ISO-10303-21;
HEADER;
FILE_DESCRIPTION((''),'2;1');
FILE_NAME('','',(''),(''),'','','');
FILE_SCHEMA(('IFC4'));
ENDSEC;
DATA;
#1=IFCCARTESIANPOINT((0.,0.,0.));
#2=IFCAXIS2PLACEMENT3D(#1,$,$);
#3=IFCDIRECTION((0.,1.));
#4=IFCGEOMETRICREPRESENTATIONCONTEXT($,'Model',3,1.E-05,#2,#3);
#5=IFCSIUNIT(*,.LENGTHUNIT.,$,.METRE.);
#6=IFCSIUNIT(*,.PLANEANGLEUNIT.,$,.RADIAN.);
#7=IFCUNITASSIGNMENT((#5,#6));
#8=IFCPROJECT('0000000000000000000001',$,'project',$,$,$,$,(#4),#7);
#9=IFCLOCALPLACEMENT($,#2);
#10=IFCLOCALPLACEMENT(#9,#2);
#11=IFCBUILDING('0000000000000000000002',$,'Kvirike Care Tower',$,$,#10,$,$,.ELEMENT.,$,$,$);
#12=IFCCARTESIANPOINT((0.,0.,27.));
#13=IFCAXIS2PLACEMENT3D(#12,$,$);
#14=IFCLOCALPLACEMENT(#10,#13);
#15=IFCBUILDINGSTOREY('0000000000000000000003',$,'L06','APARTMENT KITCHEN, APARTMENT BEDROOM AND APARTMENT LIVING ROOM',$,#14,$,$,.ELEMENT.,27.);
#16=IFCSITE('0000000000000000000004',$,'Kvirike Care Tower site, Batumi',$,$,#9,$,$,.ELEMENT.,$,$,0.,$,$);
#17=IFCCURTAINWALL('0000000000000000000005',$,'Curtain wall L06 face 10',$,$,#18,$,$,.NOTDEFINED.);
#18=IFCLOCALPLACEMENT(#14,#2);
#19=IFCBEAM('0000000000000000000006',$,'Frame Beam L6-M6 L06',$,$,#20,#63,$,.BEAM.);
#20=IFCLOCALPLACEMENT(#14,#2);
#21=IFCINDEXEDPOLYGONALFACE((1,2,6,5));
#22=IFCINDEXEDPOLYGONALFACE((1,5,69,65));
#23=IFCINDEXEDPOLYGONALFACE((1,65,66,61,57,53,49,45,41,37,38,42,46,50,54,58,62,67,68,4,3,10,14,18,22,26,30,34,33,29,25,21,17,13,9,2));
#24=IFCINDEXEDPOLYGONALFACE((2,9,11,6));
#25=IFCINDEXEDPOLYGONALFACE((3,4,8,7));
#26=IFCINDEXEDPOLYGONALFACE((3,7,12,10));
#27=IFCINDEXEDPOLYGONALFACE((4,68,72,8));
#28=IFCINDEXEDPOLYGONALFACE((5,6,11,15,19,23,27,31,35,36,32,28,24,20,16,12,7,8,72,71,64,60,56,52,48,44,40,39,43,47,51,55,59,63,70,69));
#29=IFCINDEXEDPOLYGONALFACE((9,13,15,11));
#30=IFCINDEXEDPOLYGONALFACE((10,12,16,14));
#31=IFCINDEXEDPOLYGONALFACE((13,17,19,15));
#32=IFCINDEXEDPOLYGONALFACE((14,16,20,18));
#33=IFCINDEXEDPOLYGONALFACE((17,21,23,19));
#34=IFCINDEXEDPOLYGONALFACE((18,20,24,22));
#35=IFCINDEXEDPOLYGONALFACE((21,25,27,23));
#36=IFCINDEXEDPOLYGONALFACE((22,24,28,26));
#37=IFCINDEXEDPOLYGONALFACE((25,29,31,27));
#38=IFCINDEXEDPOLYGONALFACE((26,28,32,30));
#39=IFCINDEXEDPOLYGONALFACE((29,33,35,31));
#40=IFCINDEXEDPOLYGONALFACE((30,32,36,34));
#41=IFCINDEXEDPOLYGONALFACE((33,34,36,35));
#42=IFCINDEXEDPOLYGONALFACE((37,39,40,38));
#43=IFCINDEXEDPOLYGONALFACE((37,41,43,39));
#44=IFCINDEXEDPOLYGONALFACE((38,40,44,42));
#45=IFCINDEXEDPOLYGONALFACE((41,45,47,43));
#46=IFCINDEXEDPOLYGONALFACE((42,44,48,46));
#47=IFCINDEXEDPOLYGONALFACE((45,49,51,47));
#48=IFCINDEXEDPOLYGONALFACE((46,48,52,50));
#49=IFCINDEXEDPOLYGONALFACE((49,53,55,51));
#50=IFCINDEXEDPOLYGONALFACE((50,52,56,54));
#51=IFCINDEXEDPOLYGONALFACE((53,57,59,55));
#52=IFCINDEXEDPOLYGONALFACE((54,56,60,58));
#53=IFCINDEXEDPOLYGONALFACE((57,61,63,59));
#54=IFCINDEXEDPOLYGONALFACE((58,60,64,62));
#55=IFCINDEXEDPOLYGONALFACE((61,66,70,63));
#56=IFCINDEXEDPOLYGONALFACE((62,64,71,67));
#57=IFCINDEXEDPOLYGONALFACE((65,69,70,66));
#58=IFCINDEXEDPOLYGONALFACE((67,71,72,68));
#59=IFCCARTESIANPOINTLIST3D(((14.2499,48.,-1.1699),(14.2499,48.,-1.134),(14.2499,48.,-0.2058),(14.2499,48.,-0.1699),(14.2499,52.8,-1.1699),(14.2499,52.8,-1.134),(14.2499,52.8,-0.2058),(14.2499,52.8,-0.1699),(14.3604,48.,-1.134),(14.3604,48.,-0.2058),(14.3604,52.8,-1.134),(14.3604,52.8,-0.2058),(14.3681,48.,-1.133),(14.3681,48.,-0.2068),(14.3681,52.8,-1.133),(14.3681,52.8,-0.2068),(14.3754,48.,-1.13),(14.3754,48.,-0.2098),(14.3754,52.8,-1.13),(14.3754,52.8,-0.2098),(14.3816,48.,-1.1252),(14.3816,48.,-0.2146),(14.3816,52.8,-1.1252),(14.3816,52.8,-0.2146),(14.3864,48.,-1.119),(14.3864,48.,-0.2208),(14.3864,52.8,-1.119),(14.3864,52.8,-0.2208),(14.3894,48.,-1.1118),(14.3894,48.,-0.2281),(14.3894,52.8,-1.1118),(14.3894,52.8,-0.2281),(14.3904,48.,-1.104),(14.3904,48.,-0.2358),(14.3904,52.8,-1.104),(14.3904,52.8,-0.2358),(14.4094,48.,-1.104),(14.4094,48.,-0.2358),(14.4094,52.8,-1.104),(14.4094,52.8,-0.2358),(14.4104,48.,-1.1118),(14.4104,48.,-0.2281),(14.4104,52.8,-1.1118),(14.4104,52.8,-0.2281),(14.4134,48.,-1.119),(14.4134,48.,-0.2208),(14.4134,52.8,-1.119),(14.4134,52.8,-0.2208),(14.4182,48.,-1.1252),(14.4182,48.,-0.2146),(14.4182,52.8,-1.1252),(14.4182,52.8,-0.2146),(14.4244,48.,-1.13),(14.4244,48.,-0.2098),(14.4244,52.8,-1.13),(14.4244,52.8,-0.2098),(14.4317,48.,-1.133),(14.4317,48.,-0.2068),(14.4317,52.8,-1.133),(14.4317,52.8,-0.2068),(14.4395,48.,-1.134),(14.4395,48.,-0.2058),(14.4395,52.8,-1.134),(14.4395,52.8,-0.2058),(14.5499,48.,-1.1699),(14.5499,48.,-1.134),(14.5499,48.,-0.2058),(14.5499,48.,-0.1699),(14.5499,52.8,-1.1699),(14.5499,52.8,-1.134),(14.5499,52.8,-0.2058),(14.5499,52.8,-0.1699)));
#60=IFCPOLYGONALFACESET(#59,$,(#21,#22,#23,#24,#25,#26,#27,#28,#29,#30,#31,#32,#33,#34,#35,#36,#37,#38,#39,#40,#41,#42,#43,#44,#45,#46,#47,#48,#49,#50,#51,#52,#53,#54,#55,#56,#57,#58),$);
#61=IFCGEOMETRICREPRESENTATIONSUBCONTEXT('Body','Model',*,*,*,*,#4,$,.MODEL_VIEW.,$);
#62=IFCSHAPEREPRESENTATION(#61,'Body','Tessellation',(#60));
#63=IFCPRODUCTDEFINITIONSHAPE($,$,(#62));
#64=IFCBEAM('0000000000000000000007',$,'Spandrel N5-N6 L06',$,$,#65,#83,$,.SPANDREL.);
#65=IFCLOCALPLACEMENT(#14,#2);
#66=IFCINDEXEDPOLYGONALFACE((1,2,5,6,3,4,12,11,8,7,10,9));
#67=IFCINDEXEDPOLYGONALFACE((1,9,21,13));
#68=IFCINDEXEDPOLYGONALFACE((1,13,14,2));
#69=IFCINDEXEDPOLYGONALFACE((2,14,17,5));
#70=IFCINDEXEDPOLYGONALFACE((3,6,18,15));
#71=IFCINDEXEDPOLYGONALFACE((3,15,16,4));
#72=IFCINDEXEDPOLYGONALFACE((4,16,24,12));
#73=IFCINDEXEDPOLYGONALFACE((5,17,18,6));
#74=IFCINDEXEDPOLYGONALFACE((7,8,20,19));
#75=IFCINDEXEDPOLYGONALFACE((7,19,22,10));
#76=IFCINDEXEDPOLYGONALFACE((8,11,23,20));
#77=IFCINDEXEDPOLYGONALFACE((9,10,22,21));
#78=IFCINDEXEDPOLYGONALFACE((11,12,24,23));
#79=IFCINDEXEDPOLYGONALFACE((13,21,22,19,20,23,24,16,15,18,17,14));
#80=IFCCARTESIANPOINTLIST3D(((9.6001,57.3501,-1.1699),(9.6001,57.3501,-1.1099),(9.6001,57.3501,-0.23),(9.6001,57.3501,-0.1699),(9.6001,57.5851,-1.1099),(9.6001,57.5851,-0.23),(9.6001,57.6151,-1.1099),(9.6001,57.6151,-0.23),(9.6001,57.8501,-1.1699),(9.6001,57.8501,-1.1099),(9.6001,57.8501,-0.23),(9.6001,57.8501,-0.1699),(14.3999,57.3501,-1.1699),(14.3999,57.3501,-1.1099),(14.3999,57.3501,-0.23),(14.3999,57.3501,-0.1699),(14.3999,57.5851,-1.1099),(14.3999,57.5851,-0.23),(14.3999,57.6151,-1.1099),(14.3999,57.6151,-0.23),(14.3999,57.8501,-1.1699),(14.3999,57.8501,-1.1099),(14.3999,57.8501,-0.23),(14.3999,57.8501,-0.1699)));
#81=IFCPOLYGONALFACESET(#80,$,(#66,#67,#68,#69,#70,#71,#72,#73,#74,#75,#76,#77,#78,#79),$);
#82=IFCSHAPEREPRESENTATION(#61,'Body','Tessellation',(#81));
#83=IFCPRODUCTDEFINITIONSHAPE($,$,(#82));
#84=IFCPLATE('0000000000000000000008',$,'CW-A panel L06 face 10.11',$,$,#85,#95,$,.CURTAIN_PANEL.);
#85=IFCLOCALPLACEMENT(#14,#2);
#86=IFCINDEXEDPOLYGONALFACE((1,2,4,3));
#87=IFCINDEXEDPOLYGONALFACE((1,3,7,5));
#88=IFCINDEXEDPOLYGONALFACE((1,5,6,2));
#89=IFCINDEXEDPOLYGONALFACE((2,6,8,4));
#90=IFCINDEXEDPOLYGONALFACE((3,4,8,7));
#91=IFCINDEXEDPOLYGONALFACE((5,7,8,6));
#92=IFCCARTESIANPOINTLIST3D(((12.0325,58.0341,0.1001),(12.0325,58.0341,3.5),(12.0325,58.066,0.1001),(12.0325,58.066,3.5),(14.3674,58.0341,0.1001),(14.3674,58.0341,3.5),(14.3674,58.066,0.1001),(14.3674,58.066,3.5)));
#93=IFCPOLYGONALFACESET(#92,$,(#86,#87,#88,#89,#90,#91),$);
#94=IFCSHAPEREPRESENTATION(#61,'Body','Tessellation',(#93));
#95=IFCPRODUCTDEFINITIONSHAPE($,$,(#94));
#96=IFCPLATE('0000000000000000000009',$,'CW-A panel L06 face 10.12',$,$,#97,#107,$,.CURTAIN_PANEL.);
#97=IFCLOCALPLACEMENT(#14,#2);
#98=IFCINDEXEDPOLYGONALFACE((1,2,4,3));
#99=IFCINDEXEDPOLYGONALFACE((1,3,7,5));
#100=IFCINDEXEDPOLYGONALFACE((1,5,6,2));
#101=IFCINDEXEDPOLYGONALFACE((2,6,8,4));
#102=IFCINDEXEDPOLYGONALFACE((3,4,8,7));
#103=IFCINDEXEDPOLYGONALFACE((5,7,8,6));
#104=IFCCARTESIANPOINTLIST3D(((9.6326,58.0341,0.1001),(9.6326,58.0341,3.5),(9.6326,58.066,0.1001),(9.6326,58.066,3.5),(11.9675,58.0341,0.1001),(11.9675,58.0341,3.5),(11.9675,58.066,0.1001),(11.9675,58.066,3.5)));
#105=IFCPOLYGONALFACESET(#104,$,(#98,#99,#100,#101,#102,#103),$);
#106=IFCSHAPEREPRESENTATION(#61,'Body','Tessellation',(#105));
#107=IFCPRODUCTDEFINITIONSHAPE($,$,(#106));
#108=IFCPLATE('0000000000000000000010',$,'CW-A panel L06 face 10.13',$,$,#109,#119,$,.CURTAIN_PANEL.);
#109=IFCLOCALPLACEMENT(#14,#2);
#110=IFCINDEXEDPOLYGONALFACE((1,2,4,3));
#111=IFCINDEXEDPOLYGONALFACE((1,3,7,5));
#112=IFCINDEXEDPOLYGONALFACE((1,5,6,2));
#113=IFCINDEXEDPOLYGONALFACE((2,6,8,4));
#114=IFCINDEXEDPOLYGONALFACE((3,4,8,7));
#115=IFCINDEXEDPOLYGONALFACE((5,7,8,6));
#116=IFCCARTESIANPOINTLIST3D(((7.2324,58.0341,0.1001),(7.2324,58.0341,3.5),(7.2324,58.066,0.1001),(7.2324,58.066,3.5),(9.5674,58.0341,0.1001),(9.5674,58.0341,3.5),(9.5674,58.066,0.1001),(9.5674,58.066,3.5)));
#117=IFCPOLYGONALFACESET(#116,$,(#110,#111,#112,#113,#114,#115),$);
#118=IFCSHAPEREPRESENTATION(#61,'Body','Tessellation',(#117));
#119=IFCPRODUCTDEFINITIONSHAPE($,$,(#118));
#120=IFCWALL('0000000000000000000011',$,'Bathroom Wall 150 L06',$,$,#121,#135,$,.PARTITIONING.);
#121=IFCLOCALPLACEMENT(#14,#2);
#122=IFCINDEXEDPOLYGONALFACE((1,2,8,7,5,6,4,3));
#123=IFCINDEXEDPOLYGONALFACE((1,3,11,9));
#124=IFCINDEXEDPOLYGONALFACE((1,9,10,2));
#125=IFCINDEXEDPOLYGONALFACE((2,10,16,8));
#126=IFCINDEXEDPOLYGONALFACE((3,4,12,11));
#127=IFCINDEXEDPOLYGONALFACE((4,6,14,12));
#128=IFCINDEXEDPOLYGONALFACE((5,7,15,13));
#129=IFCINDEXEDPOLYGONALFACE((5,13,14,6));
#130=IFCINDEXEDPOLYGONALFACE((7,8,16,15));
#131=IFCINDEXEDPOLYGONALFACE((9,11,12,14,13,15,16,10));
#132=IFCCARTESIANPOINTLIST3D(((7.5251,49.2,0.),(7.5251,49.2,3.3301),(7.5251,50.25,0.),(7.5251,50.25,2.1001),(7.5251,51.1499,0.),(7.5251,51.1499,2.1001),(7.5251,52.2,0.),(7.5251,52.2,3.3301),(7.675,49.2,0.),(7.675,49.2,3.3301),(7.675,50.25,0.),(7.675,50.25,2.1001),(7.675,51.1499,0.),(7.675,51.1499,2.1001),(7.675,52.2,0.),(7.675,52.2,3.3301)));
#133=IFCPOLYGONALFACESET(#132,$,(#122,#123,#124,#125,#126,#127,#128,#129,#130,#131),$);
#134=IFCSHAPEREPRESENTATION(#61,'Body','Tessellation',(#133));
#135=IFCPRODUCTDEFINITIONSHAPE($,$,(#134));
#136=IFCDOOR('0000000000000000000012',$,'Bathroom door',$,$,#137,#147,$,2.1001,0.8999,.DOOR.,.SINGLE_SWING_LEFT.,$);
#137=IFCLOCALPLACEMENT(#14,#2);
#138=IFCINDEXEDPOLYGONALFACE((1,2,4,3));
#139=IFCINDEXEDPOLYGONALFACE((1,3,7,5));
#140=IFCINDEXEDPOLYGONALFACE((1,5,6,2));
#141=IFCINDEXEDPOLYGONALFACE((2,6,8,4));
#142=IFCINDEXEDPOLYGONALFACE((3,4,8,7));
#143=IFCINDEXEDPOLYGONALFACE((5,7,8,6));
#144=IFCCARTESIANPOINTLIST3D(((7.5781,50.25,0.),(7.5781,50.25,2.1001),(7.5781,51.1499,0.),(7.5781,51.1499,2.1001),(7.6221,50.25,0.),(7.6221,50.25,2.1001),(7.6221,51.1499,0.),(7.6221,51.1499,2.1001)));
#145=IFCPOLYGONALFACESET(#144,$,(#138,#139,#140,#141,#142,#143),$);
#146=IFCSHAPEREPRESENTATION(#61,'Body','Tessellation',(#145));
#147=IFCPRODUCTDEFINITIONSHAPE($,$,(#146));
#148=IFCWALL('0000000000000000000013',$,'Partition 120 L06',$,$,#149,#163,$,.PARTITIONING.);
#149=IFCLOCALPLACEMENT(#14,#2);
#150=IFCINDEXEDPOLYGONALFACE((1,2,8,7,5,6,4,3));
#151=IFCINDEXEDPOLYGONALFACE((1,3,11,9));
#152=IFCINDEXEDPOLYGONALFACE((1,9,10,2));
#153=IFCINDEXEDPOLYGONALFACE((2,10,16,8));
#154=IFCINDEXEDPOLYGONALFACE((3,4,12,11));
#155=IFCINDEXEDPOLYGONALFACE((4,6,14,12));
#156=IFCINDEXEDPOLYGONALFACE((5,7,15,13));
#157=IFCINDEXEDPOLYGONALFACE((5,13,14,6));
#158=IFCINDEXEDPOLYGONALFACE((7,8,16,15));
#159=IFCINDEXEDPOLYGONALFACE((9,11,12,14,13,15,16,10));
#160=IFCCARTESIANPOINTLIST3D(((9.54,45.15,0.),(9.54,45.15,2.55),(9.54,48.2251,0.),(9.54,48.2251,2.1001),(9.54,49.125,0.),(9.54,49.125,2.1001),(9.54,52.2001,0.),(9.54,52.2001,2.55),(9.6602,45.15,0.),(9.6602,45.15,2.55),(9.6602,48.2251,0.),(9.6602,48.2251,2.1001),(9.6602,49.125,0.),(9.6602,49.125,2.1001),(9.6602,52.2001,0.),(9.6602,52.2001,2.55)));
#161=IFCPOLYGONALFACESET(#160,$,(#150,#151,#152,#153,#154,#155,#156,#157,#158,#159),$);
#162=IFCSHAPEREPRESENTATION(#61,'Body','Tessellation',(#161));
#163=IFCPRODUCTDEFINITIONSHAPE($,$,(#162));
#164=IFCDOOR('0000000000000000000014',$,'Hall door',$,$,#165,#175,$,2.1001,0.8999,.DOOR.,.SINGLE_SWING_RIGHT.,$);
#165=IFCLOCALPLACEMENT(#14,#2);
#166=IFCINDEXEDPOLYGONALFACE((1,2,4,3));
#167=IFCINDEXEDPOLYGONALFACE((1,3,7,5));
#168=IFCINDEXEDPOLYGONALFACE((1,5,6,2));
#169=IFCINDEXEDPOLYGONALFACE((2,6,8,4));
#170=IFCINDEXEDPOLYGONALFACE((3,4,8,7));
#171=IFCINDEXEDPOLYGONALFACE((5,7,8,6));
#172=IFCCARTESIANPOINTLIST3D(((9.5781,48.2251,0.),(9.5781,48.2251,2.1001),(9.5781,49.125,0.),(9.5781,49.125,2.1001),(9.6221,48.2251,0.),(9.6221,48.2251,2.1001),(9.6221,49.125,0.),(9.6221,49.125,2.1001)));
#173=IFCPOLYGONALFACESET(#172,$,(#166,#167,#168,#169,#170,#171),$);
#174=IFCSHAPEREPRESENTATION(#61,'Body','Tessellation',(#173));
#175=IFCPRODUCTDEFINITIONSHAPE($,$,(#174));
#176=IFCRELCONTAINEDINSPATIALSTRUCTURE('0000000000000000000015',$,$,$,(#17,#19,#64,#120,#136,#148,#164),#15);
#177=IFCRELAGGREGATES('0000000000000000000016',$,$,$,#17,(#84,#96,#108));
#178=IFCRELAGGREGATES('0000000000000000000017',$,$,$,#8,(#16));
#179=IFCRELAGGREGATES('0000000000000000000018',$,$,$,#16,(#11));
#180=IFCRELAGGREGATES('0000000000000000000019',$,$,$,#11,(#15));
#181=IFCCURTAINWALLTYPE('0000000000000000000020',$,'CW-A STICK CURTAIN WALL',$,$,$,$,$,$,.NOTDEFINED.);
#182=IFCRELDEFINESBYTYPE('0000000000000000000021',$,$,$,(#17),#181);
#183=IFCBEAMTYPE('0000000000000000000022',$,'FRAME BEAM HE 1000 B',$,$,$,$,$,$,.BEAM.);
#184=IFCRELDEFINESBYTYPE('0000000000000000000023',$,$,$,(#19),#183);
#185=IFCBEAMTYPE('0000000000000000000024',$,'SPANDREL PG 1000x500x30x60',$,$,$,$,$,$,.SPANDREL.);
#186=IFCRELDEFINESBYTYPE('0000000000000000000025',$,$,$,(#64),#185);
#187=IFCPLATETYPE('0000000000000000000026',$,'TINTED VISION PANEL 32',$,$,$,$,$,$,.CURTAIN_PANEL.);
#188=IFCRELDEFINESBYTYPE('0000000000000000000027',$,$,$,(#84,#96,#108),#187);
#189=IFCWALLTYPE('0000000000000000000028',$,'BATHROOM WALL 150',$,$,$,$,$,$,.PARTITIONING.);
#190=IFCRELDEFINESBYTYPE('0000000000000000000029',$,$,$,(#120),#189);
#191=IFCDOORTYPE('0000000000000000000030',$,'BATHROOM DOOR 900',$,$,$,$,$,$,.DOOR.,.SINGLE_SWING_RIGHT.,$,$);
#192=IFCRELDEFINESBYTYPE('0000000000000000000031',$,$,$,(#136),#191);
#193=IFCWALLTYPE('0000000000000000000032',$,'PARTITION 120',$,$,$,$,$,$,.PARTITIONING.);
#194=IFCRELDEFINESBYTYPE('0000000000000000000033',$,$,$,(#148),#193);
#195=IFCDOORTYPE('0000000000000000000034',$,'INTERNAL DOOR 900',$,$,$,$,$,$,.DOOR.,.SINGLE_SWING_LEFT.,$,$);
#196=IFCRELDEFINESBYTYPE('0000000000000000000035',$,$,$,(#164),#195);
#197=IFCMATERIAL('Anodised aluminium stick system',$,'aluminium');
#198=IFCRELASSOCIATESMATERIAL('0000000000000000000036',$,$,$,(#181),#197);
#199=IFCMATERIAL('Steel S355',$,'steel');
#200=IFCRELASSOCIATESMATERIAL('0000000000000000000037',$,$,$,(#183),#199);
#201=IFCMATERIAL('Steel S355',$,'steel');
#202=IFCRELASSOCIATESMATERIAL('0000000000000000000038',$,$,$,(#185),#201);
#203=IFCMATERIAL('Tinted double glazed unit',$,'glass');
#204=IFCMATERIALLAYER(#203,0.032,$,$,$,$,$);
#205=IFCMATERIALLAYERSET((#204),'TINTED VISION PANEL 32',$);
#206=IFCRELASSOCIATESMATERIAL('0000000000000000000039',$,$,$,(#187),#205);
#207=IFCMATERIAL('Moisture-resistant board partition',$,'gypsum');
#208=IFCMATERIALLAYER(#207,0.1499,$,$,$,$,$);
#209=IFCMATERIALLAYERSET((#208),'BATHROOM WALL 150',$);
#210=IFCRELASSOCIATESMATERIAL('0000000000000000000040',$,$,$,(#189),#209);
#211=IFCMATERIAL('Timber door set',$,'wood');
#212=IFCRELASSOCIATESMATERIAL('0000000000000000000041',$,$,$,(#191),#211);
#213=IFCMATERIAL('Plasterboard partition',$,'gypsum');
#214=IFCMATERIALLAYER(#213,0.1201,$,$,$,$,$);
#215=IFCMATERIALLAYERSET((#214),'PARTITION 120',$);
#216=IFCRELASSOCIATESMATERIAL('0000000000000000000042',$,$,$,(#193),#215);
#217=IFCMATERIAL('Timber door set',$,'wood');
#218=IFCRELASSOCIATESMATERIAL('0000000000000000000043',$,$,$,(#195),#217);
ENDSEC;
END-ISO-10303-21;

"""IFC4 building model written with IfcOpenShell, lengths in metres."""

from ifc_helpers import new_model, si_unit, direction, frame, frame_2d, origin, origin_2d, place, context, subcontext, project, spatial, rectangle, i_section, extrude, material, layer, layer_set, material_profile, profile_set, type_object, element, fill, aggregate, save


model = new_model("IFC4")

# Units and contexts
model_context = context("Model", 3, precision=1e-05, world=origin(), true_north=direction((0.0, 1.0)))
body_context = subcontext(model_context, "Body", "Model", "MODEL_VIEW")
ifc_project = project(units=[si_unit("LENGTHUNIT", "METRE"), si_unit("PLANEANGLEUNIT", "RADIAN")], contexts=[model_context])

# Site, building, storey
site_placement = place(None, origin())
site = spatial("IfcSite", under=ifc_project, at=site_placement, Name="Kvirike Care Tower site, Batumi", CompositionType="ELEMENT", RefElevation=0.0)
building_placement = place(site_placement, origin())
building = spatial("IfcBuilding", under=site, at=building_placement, Name="Kvirike Care Tower", CompositionType="ELEMENT")
storey_placement = place(building_placement, frame((0.0, 0.0, 27.0)))
storey = spatial("IfcBuildingStorey", under=building, at=storey_placement, Name="L06", Description="APARTMENT KITCHEN, APARTMENT BEDROOM AND APARTMENT LIVING ROOM", CompositionType="ELEMENT", Elevation=27.0)

# Curtain wall
ifc_material_1 = material(Name="Anodised aluminium stick system", Category="aluminium")
curtain_wall_type = type_object("IfcCurtainWallType", Name="CW-A STICK CURTAIN WALL", PredefinedType="NOTDEFINED", material=ifc_material_1)
curtain_wall_placement = place(storey_placement, origin())
curtain_wall = element("IfcCurtainWall", 1, at=curtain_wall_placement, inside=storey, type_object=curtain_wall_type, Name="Curtain wall L06 face 10", PredefinedType="NOTDEFINED")

# Beams
ifc_material_2 = material(Name="Steel S355", Category="steel")
ifc_material_profile_1 = material_profile(ifc_material_2, i_section(OverallWidth=0.3, OverallDepth=1.0, WebThickness=0.019, FlangeThickness=0.0359, FilletRadius=0.03, at=origin_2d()), Name="HE 1000 B")
ifc_profile_set_1 = profile_set([ifc_material_profile_1], Name="Steel S355")
beam_type_1 = type_object("IfcBeamType", Name="FRAME BEAM HE 1000 B", PredefinedType="BEAM", material=ifc_profile_set_1)
beam_1_placement = place(storey_placement, frame((14.3999, 48.0, -0.6699), z_axis=(0.0, 1.0, 0.0), x_axis=(-1.0, 0.0, 0.0)))
element("IfcBeam", 2, at=beam_1_placement, inside=storey, type_object=beam_type_1, Name="Frame Beam L6-M6 L06", PredefinedType="BEAM", context=body_context, shape_type="SweptSolid", body=[
    extrude(i_section(OverallWidth=0.3, OverallDepth=1.0, WebThickness=0.019, FlangeThickness=0.0359, FilletRadius=0.03, at=origin_2d()), origin(), (0.0, 0.0, 1.0), 4.8),
])
ifc_material_3 = material(Name="Steel S355", Category="steel")
ifc_material_profile_2 = material_profile(ifc_material_3, i_section(OverallWidth=0.5, OverallDepth=1.0, WebThickness=0.03, FlangeThickness=0.0601, at=origin_2d()), Name="PG 1000x500x30x60")
ifc_profile_set_2 = profile_set([ifc_material_profile_2], Name="Steel S355")
beam_type_2 = type_object("IfcBeamType", Name="SPANDREL PG 1000x500x30x60", PredefinedType="SPANDREL", material=ifc_profile_set_2)
beam_2_placement = place(storey_placement, frame((9.6001, 57.6001, -0.6699), z_axis=(1.0, 0.0, 0.0), x_axis=(0.0, 1.0, 0.0)))
element("IfcBeam", 3, at=beam_2_placement, inside=storey, type_object=beam_type_2, Name="Spandrel N5-N6 L06", PredefinedType="SPANDREL", context=body_context, shape_type="SweptSolid", body=[
    extrude(i_section(OverallWidth=0.5, OverallDepth=1.0, WebThickness=0.03, FlangeThickness=0.0601, at=origin_2d()), origin(), (0.0, 0.0, 1.0), 4.7998),
])

# Plates
ifc_material_4 = material(Name="Tinted double glazed unit", Category="glass")
ifc_layer_1 = layer(ifc_material_4, 0.032)
ifc_layer_set_1 = layer_set([ifc_layer_1], Name="TINTED VISION PANEL 32")
plate_type = type_object("IfcPlateType", Name="TINTED VISION PANEL 32", PredefinedType="CURTAIN_PANEL", material=ifc_layer_set_1)
plate_1_placement = place(storey_placement, frame((13.2, 58.05, 0.1001), z_axis=(0.0, 0.0, 1.0), x_axis=(-1.0, 0.0, 0.0)))
plate_1 = element("IfcPlate", 4, at=plate_1_placement, type_object=plate_type, Name="CW-A panel L06 face 10.11", PredefinedType="CURTAIN_PANEL", context=body_context, shape_type="SweptSolid", body=[
    extrude(rectangle(XDim=2.335, YDim=0.032, at=origin_2d()), origin(), (0.0, 0.0, 1.0), 3.3999),
])
plate_2_placement = place(storey_placement, frame((10.8, 58.05, 0.1001), z_axis=(0.0, 0.0, 1.0), x_axis=(-1.0, 0.0, 0.0)))
plate_2 = element("IfcPlate", 5, at=plate_2_placement, type_object=plate_type, Name="CW-A panel L06 face 10.12", PredefinedType="CURTAIN_PANEL", context=body_context, shape_type="SweptSolid", body=[
    extrude(rectangle(XDim=2.335, YDim=0.032, at=origin_2d()), origin(), (0.0, 0.0, 1.0), 3.3999),
])
plate_3_placement = place(storey_placement, frame((8.3999, 58.05, 0.1001), z_axis=(0.0, 0.0, 1.0), x_axis=(-1.0, 0.0, 0.0)))
plate_3 = element("IfcPlate", 6, at=plate_3_placement, type_object=plate_type, Name="CW-A panel L06 face 10.13", PredefinedType="CURTAIN_PANEL", context=body_context, shape_type="SweptSolid", body=[
    extrude(rectangle(XDim=2.335, YDim=0.032, at=origin_2d()), origin(), (0.0, 0.0, 1.0), 3.3999),
])
aggregate(curtain_wall, [plate_1, plate_2, plate_3])

# Walls, openings, doors
ifc_material_5 = material(Name="Moisture-resistant board partition", Category="gypsum")
ifc_layer_2 = layer(ifc_material_5, 0.1499)
ifc_layer_set_2 = layer_set([ifc_layer_2], Name="BATHROOM WALL 150")
wall_type_1 = type_object("IfcWallType", Name="BATHROOM WALL 150", PredefinedType="PARTITIONING", material=ifc_layer_set_2)
wall_1_placement = place(storey_placement, frame((7.6001, 52.2, 0.0), z_axis=(0.0, 0.0, 1.0), x_axis=(0.0, -1.0, 0.0)))
wall_1 = element("IfcWall", 7, at=wall_1_placement, inside=storey, type_object=wall_type_1, Name="Bathroom Wall 150 L06", PredefinedType="PARTITIONING", context=body_context, shape_type="SweptSolid", body=[
    extrude(rectangle(XDim=3.0, YDim=0.1499, at=frame_2d((1.5, 0.0))), origin(), (0.0, 0.0, 1.0), 3.3301),
])
opening_1_placement = place(wall_1_placement, frame((1.05, 0.0, 0.0)))
opening_1 = element("IfcOpeningElement", 8, at=opening_1_placement, cuts=wall_1, PredefinedType="OPENING", context=body_context, shape_type="SweptSolid", body=[
    extrude(rectangle(XDim=0.8999, YDim=2.1001, at=frame_2d((0.45, 1.05))), frame((0.0, 0.0854, 0.0), z_axis=(0.0, -1.0, 0.0), x_axis=(1.0, 0.0, 0.0)), (0.0, 0.0, 1.0), 0.1709),
])
ifc_material_6 = material(Name="Timber door set", Category="wood")
door_type_1 = type_object("IfcDoorType", Name="BATHROOM DOOR 900", OperationType="SINGLE_SWING_RIGHT", PredefinedType="DOOR", material=ifc_material_6)
door_1_placement = place(opening_1_placement, frame((0.8999, 0.0, 0.0), z_axis=(0.0, 0.0, 1.0), x_axis=(-1.0, 0.0, 0.0)))
door_1 = element("IfcDoor", 9, at=door_1_placement, inside=storey, type_object=door_type_1, Name="Bathroom door", OperationType="SINGLE_SWING_LEFT", OverallHeight=2.1001, OverallWidth=0.8999, PredefinedType="DOOR", context=body_context, shape_type="SweptSolid", body=[
    extrude(rectangle(XDim=0.8999, YDim=2.1001, at=frame_2d((0.45, 1.05))), frame((0.0, 0.022, 0.0), z_axis=(0.0, -1.0, 0.0), x_axis=(1.0, 0.0, 0.0)), (0.0, 0.0, 1.0), 0.0439),
])
fill(opening_1, door_1)
ifc_material_7 = material(Name="Plasterboard partition", Category="gypsum")
ifc_layer_3 = layer(ifc_material_7, 0.1201)
ifc_layer_set_3 = layer_set([ifc_layer_3], Name="PARTITION 120")
wall_type_2 = type_object("IfcWallType", Name="PARTITION 120", PredefinedType="PARTITIONING", material=ifc_layer_set_3)
wall_2_placement = place(storey_placement, frame((9.6001, 52.2, 0.0), z_axis=(0.0, 0.0, 1.0), x_axis=(0.0, -1.0, 0.0)))
wall_2 = element("IfcWall", 10, at=wall_2_placement, inside=storey, type_object=wall_type_2, Name="Partition 120 L06", PredefinedType="PARTITIONING", context=body_context, shape_type="SweptSolid", body=[
    extrude(rectangle(XDim=7.05, YDim=0.1201, at=frame_2d((3.5249, 0.0))), origin(), (0.0, 0.0, 1.0), 2.55),
])
opening_2_placement = place(wall_2_placement, frame((3.075, 0.0, 0.0)))
opening_2 = element("IfcOpeningElement", 11, at=opening_2_placement, cuts=wall_2, PredefinedType="OPENING", context=body_context, shape_type="SweptSolid", body=[
    extrude(rectangle(XDim=0.8999, YDim=2.1001, at=frame_2d((0.45, 1.05))), frame((0.0, 0.0706, 0.0), z_axis=(0.0, -1.0, 0.0), x_axis=(1.0, 0.0, 0.0)), (0.0, 0.0, 1.0), 0.1411),
])
ifc_material_8 = material(Name="Timber door set", Category="wood")
door_type_2 = type_object("IfcDoorType", Name="INTERNAL DOOR 900", OperationType="SINGLE_SWING_LEFT", PredefinedType="DOOR", material=ifc_material_8)
door_2_placement = place(opening_2_placement, frame((0.8999, 0.0, 0.0), z_axis=(0.0, 0.0, 1.0), x_axis=(-1.0, 0.0, 0.0)))
door_2 = element("IfcDoor", 12, at=door_2_placement, inside=storey, type_object=door_type_2, Name="Hall door", OperationType="SINGLE_SWING_RIGHT", OverallHeight=2.1001, OverallWidth=0.8999, PredefinedType="DOOR", context=body_context, shape_type="SweptSolid", body=[
    extrude(rectangle(XDim=0.8999, YDim=2.1001, at=frame_2d((0.45, 1.05))), frame((0.0, 0.022, 0.0), z_axis=(0.0, -1.0, 0.0), x_axis=(1.0, 0.0, 0.0)), (0.0, 0.0, 1.0), 0.0439),
])
fill(opening_2, door_2)

save(model, "model.ifc")
